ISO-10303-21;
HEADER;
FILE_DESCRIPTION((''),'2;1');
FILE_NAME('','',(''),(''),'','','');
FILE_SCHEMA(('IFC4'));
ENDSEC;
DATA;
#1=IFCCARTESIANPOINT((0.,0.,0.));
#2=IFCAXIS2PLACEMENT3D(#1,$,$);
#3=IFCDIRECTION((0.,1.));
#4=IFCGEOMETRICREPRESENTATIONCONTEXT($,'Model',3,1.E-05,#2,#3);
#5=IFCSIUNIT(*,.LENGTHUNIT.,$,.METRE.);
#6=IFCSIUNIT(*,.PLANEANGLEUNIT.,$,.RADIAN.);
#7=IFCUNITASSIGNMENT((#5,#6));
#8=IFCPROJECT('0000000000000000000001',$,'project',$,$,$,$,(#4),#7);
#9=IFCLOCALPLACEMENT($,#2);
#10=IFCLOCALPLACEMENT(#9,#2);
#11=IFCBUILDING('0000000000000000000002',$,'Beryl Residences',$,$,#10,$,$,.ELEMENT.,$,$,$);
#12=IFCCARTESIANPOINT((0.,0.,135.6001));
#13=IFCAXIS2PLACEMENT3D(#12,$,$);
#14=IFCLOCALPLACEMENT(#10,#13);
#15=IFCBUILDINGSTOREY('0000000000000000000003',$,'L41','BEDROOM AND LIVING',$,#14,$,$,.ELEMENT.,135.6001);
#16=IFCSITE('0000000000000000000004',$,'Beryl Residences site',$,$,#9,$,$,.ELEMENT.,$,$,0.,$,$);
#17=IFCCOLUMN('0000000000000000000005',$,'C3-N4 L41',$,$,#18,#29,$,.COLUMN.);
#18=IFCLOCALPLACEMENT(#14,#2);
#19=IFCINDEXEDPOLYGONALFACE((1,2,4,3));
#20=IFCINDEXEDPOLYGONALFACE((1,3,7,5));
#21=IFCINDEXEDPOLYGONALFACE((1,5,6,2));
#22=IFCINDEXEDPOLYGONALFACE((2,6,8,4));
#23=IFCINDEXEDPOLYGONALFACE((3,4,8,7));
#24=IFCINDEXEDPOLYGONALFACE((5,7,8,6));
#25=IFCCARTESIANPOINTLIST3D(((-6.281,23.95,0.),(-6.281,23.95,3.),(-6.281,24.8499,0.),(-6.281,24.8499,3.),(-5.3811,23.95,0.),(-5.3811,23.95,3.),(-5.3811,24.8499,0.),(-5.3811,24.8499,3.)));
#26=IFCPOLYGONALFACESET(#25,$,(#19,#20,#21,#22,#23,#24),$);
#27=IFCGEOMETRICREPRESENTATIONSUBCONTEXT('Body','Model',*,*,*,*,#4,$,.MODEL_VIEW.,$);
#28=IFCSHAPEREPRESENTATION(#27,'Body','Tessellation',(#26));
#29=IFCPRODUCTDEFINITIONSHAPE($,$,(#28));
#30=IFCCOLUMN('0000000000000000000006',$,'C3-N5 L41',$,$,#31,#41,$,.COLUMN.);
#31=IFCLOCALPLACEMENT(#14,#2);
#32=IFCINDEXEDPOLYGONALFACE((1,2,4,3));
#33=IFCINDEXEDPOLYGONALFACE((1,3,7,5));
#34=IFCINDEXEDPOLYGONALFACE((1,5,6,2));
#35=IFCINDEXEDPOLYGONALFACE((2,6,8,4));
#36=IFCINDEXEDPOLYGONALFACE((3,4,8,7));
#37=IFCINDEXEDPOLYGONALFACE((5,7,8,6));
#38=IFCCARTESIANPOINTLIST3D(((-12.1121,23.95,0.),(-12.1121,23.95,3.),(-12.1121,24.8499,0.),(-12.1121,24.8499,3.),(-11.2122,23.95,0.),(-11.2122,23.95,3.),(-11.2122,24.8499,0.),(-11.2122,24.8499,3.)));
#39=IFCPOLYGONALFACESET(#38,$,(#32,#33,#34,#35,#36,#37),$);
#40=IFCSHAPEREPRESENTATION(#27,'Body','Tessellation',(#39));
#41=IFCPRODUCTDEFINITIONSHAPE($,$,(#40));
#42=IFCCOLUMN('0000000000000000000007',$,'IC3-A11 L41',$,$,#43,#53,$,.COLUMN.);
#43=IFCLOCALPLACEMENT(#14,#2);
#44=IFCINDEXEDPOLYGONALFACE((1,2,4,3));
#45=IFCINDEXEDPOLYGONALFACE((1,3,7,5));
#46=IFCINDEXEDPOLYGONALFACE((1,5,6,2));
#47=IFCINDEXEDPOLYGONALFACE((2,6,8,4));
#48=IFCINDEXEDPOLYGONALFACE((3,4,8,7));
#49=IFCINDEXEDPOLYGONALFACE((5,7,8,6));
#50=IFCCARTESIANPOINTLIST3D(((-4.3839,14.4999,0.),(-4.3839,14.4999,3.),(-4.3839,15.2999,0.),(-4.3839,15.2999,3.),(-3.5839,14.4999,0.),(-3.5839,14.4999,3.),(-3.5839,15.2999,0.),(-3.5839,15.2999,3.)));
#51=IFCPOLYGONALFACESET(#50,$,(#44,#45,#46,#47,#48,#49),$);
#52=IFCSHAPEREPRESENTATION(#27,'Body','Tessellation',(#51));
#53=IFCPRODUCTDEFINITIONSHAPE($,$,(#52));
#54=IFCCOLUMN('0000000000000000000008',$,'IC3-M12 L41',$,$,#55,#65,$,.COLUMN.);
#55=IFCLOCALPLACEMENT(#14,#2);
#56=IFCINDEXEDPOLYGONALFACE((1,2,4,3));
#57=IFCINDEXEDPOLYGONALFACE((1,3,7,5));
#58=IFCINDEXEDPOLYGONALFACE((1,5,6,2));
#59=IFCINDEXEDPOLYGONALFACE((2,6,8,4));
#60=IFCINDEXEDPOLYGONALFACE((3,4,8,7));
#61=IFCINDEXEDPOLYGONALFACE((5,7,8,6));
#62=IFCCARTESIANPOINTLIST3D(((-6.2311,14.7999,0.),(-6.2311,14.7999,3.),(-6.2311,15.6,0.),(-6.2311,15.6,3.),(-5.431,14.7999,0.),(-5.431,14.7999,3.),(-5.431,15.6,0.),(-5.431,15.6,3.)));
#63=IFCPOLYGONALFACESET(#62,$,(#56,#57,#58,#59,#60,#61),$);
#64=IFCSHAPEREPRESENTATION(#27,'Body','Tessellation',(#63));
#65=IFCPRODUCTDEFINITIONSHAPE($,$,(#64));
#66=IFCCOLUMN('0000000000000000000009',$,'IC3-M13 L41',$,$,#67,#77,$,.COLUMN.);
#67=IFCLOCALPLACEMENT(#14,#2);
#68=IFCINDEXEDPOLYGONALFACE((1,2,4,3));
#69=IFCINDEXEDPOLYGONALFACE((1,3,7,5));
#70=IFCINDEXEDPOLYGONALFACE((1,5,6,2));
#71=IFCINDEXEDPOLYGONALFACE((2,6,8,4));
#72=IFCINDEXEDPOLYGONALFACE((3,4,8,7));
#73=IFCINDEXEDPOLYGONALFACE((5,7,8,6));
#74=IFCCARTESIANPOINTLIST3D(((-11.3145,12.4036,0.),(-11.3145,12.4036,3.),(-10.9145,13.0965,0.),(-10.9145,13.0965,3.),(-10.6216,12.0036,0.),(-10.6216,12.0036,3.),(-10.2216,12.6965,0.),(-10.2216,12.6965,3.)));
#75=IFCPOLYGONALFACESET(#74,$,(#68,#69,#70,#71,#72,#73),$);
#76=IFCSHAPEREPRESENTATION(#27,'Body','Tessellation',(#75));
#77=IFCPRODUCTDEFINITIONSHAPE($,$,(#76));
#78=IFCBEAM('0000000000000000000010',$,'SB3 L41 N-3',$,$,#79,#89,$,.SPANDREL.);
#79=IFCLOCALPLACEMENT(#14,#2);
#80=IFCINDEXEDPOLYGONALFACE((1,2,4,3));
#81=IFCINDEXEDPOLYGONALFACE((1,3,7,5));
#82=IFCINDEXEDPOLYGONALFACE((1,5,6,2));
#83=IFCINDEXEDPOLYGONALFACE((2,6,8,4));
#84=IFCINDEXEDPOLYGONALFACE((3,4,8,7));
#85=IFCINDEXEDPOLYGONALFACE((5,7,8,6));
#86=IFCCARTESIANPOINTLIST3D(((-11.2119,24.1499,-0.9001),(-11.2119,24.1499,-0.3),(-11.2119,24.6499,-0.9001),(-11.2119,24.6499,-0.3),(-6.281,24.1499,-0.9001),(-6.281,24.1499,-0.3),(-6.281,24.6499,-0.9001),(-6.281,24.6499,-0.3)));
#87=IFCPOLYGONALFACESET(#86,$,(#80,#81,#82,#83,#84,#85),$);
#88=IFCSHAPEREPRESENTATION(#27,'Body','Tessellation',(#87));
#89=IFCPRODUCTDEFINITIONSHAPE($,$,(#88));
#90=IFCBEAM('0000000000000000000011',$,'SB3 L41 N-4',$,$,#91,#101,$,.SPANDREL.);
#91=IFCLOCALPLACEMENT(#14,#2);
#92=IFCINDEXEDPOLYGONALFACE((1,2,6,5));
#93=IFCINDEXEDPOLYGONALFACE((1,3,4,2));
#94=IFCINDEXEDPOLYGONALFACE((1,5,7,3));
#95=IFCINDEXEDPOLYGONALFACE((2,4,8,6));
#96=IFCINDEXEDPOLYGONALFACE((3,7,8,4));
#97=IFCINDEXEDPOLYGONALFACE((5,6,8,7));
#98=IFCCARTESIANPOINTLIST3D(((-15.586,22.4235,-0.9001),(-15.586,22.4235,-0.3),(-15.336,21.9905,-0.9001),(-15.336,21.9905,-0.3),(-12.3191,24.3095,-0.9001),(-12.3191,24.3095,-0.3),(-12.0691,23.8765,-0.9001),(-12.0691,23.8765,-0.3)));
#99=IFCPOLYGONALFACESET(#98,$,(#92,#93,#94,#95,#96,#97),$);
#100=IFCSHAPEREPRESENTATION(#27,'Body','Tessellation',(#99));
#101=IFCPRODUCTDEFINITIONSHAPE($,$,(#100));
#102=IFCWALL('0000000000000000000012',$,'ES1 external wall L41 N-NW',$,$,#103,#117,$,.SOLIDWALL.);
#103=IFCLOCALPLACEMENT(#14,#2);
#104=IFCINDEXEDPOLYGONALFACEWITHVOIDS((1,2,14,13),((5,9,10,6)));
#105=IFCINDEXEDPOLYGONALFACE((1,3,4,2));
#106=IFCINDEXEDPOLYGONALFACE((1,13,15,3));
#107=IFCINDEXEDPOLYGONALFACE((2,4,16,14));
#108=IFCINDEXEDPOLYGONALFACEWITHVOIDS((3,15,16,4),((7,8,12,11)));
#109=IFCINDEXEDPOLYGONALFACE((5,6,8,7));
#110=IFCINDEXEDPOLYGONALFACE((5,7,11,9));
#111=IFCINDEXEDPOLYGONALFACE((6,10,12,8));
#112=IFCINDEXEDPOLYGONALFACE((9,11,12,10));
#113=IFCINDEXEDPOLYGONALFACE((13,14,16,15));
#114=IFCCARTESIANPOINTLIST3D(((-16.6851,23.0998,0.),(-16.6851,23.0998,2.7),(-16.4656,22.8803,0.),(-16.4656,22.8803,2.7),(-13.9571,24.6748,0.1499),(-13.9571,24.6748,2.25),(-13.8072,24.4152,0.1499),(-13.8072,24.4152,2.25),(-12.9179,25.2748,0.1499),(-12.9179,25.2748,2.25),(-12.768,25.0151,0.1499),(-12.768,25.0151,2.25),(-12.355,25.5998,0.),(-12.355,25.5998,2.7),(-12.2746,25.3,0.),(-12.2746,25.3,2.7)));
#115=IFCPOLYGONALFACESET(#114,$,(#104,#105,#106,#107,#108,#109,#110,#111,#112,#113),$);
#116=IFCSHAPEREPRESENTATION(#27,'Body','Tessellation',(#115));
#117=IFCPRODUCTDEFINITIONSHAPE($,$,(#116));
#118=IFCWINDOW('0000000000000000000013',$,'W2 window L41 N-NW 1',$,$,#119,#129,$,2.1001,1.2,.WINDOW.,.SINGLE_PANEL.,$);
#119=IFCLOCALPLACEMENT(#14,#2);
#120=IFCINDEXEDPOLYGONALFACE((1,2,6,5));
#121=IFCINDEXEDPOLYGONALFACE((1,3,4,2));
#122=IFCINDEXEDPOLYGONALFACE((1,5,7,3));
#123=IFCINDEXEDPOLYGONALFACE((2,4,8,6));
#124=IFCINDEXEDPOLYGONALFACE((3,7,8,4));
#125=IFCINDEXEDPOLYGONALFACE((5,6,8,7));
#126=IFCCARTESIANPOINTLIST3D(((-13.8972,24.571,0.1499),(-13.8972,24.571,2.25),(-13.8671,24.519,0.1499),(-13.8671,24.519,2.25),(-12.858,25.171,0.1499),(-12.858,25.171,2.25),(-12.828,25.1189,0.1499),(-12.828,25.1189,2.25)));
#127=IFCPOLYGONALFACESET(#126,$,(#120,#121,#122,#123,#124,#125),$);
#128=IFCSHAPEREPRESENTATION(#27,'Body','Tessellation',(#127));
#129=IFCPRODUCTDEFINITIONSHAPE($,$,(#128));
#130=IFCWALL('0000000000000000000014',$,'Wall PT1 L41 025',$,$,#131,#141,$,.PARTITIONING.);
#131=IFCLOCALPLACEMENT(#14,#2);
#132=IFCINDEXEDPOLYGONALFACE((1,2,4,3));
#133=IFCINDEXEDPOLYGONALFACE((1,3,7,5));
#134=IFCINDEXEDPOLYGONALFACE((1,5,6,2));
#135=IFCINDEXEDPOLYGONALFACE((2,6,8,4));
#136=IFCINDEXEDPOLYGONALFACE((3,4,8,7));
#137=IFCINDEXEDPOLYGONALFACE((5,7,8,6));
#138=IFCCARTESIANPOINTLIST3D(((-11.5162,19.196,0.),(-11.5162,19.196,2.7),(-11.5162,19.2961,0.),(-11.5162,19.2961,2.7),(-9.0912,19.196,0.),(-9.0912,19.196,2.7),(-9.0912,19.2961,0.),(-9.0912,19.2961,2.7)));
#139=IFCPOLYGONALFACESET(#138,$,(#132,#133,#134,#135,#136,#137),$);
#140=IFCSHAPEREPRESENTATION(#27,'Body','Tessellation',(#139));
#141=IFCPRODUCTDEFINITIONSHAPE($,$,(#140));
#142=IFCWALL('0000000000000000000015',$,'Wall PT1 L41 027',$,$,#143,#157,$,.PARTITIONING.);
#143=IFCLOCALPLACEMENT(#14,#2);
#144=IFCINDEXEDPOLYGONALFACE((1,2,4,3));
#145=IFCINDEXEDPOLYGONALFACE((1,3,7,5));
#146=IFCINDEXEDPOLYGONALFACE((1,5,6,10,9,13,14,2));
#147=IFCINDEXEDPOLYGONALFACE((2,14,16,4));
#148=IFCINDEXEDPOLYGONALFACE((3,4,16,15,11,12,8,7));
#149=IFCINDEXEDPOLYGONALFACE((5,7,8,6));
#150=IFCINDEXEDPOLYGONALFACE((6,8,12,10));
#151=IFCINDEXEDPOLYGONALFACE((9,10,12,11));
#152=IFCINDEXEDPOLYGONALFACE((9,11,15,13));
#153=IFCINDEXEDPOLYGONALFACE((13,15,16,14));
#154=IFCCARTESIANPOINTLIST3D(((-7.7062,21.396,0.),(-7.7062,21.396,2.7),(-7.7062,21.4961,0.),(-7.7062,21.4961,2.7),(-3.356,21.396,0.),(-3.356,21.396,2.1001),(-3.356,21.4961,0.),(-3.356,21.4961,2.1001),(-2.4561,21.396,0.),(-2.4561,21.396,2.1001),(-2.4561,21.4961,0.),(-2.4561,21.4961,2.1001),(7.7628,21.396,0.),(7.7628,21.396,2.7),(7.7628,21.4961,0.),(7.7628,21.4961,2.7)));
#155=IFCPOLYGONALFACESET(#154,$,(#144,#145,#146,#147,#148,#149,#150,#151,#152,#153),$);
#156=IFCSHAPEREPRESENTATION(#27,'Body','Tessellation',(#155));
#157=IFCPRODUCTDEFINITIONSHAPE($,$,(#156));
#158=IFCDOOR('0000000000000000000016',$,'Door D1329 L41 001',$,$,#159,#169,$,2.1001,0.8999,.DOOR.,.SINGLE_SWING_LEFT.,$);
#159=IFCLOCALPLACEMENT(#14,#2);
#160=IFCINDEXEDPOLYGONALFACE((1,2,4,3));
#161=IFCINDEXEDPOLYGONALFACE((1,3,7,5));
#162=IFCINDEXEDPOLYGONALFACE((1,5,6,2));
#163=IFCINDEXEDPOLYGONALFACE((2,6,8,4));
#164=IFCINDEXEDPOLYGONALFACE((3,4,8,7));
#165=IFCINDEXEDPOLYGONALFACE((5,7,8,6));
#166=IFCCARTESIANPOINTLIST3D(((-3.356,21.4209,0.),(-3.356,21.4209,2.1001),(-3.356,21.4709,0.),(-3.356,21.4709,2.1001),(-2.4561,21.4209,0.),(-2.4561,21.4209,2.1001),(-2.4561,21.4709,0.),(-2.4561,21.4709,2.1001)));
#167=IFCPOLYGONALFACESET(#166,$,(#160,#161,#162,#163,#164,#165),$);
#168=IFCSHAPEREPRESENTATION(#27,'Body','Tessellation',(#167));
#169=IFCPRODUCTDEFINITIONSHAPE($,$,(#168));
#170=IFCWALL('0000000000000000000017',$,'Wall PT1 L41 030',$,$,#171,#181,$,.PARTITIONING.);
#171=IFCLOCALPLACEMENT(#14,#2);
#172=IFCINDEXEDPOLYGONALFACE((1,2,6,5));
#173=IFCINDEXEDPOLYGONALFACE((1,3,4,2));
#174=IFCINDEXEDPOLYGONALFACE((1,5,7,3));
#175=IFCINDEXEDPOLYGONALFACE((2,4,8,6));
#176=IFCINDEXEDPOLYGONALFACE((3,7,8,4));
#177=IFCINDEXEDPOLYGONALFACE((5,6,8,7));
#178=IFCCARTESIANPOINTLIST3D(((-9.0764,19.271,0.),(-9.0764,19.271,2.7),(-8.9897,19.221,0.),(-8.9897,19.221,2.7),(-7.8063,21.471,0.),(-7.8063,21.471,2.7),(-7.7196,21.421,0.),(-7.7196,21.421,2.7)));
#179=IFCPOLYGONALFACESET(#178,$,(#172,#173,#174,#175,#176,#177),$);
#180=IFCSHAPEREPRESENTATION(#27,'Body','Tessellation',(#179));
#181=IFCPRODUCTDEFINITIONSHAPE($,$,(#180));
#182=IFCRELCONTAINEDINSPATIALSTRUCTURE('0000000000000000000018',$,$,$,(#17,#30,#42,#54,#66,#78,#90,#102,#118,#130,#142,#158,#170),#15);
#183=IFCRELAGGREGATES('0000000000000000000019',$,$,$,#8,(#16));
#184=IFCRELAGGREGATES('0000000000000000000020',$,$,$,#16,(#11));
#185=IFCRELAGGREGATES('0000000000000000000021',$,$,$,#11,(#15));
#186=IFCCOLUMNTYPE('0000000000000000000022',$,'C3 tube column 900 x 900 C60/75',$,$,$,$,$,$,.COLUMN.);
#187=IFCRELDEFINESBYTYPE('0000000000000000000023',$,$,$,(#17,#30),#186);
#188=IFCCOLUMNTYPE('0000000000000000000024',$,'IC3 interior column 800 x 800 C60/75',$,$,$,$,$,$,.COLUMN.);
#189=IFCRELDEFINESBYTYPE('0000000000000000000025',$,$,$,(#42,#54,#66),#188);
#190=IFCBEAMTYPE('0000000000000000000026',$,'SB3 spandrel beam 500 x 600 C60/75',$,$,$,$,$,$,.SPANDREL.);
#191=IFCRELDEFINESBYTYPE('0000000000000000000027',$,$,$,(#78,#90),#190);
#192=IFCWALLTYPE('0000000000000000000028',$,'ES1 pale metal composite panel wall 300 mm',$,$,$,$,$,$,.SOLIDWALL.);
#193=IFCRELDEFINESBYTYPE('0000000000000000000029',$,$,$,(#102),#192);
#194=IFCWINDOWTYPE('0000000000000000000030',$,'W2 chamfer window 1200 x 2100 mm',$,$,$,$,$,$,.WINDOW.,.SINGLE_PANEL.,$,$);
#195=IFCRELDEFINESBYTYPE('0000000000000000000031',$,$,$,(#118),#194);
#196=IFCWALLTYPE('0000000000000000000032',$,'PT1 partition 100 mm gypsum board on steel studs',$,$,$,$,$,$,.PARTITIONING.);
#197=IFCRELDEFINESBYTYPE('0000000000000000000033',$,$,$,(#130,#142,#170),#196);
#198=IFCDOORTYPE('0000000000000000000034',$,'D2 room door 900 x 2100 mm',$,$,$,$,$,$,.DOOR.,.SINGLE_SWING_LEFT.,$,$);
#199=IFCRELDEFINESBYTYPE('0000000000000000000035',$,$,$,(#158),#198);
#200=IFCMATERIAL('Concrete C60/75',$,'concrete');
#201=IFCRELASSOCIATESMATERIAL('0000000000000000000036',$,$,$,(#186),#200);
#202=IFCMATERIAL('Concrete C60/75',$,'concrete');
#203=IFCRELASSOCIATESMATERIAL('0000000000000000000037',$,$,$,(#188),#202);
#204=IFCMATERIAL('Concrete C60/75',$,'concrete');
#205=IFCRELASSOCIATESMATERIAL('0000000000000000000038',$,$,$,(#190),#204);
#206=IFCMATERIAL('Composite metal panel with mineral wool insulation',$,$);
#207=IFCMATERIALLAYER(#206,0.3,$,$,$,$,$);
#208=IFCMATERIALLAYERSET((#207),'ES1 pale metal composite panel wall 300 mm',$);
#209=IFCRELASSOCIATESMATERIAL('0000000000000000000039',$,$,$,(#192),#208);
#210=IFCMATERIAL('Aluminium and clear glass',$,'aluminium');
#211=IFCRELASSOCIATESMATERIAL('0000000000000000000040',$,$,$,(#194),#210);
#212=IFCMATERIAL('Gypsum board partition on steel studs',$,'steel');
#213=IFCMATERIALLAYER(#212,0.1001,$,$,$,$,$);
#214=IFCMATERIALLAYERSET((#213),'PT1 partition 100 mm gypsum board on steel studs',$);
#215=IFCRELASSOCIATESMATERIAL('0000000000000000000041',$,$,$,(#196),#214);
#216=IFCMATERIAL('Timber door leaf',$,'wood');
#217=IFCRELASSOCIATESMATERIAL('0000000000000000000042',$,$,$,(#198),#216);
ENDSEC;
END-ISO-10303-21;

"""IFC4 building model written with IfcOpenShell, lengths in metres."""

from ifc_helpers import new_model, si_unit, direction, frame, frame_2d, origin, origin_2d, place, context, subcontext, project, spatial, polyline, rectangle, outline, extrude, material, layer, layer_set, material_profile, profile_set, type_object, element, fill, save


model = new_model("IFC4")

# Units and contexts
model_context = context("Model", 3, precision=1e-05, world=origin(), true_north=direction((0.0, 1.0)))
body_context = subcontext(model_context, "Body", "Model", "MODEL_VIEW")
ifc_project = project(units=[si_unit("LENGTHUNIT", "METRE"), si_unit("PLANEANGLEUNIT", "RADIAN")], contexts=[model_context])

# Site, building, storey
site_placement = place(None, origin())
site = spatial("IfcSite", under=ifc_project, at=site_placement, Name="Beryl Residences site", CompositionType="ELEMENT", RefElevation=0.0)
building_placement = place(site_placement, origin())
building = spatial("IfcBuilding", under=site, at=building_placement, Name="Beryl Residences", CompositionType="ELEMENT")
storey_placement = place(building_placement, frame((0.0, 0.0, 135.6001)))
storey = spatial("IfcBuildingStorey", under=building, at=storey_placement, Name="L41", Description="BEDROOM AND LIVING", CompositionType="ELEMENT", Elevation=135.6001)

# Columns
ifc_material_1 = material(Name="Concrete C60/75", Category="concrete")
ifc_material_profile_1 = material_profile(ifc_material_1, rectangle(XDim=0.8999, YDim=0.8999, at=origin_2d()))
ifc_profile_set_1 = profile_set([ifc_material_profile_1], Name="Concrete C60/75")
column_type_1 = type_object("IfcColumnType", Name="C3 tube column 900 x 900 C60/75", PredefinedType="COLUMN", material=ifc_profile_set_1)
for number, where, z_axis, x_axis, name in (
    (1, (-5.8311, 24.3999, 0.0), (0.0, 0.0, 1.0), (-1.0, 0.0, 0.0), "C3-N4 L41"),
    (2, (-11.6621, 24.3999, 0.0), (0.0, 0.0, 1.0), (-1.0, 0.0, 0.0), "C3-N5 L41"),
):
    element("IfcColumn", number, at=place(storey_placement, frame(where, z_axis=z_axis, x_axis=x_axis)), inside=storey, type_object=column_type_1, Name=name, PredefinedType="COLUMN", context=body_context, shape_type="SweptSolid", body=[
        extrude(rectangle(XDim=0.8999, YDim=0.8999, at=origin_2d()), origin(), (0.0, 0.0, 1.0), 3.0),
    ])
ifc_material_2 = material(Name="Concrete C60/75", Category="concrete")
ifc_material_profile_2 = material_profile(ifc_material_2, rectangle(XDim=0.8, YDim=0.8, at=origin_2d()))
ifc_profile_set_2 = profile_set([ifc_material_profile_2], Name="Concrete C60/75")
column_type_2 = type_object("IfcColumnType", Name="IC3 interior column 800 x 800 C60/75", PredefinedType="COLUMN", material=ifc_profile_set_2)
for number, where, z_axis, x_axis, name in (
    (3, (-3.9839, 14.8999, 0.0), (0.0, 0.0, 1.0), (1.0, 0.0, 0.0), "IC3-A11 L41"),
    (4, (-5.8311, 15.2, 0.0), (0.0, 0.0, 1.0), (-1.0, 0.0, 0.0), "IC3-M12 L41"),
    (5, (-10.7681, 12.55, 0.0), (0.0, 0.0, 1.0), (-0.5, -0.866025, 0.0), "IC3-M13 L41"),
):
    element("IfcColumn", number, at=place(storey_placement, frame(where, z_axis=z_axis, x_axis=x_axis)), inside=storey, type_object=column_type_2, Name=name, PredefinedType="COLUMN", context=body_context, shape_type="SweptSolid", body=[
        extrude(rectangle(XDim=0.8, YDim=0.8, at=origin_2d()), origin(), (0.0, 0.0, 1.0), 3.0),
    ])

# Beams
ifc_material_3 = material(Name="Concrete C60/75", Category="concrete")
ifc_material_profile_3 = material_profile(ifc_material_3, rectangle(XDim=0.5, YDim=0.6001, at=origin_2d()))
ifc_profile_set_3 = profile_set([ifc_material_profile_3], Name="Concrete C60/75")
beam_type = type_object("IfcBeamType", Name="SB3 spandrel beam 500 x 600 C60/75", PredefinedType="SPANDREL", material=ifc_profile_set_3)
beam_1_placement = place(storey_placement, frame((-6.281, 24.3999, -0.6001), z_axis=(-1.0, 0.0, 0.0), x_axis=(0.0, -1.0, 0.0)))
element("IfcBeam", 6, at=beam_1_placement, inside=storey, type_object=beam_type, Name="SB3 L41 N-3", PredefinedType="SPANDREL", context=body_context, shape_type="SweptSolid", body=[
    extrude(rectangle(XDim=0.5, YDim=0.6001, at=origin_2d()), origin(), (0.0, 0.0, 1.0), 4.9309),
])
beam_2_placement = place(storey_placement, frame((-12.1941, 24.093, -0.6001), z_axis=(-0.86604, -0.499975, 0.0), x_axis=(0.499975, -0.86604, 0.0)))
element("IfcBeam", 7, at=beam_2_placement, inside=storey, type_object=beam_type, Name="SB3 L41 N-4", PredefinedType="SPANDREL", context=body_context, shape_type="SweptSolid", body=[
    extrude(rectangle(XDim=0.5, YDim=0.6001, at=origin_2d()), origin(), (0.0, 0.0, 1.0), 3.7722),
])

# Wall, opening, window
ifc_material_4 = material(Name="Composite metal panel with mineral wool insulation")
ifc_layer_1 = layer(ifc_material_4, 0.3)
ifc_layer_set_1 = layer_set([ifc_layer_1], Name="ES1 pale metal composite panel wall 300 mm")
wall_type_1 = type_object("IfcWallType", Name="ES1 pale metal composite panel wall 300 mm", PredefinedType="SOLIDWALL", material=ifc_layer_set_1)
wall_1_placement = place(storey_placement, frame((-12.28, 25.47, 0.0), z_axis=(0.0, 0.0, 1.0), x_axis=(-0.866023, -0.500004, 0.0)))
wall_1 = element("IfcWall", 8, at=wall_1_placement, inside=storey, type_object=wall_type_1, Name="ES1 external wall L41 N-NW", PredefinedType="SOLIDWALL", context=body_context, shape_type="SweptSolid", body=[
    extrude(outline(polyline([(0.0, -0.1499), (5.0, -0.1499), (4.9197, 0.1499), (0.0803, 0.1499), (0.0, -0.1499)])), origin(), (0.0, 0.0, 1.0), 2.7),
])
opening_1_placement = place(wall_1_placement, frame((0.6499, 0.0, 0.1499)))
opening_1 = element("IfcOpeningElement", 9, at=opening_1_placement, cuts=wall_1, PredefinedType="OPENING", context=body_context, shape_type="SweptSolid", body=[
    extrude(rectangle(XDim=1.2, YDim=2.1001, at=frame_2d((0.6001, 1.05))), frame((0.0, 0.1599, 0.0), z_axis=(0.0, -1.0, 0.0), x_axis=(1.0, 0.0, 0.0)), (0.0, 0.0, 1.0), 0.3201),
])
ifc_material_5 = material(Name="Aluminium and clear glass", Category="aluminium")
window_type = type_object("IfcWindowType", Name="W2 chamfer window 1200 x 2100 mm", PartitioningType="SINGLE_PANEL", PredefinedType="WINDOW", material=ifc_material_5)
window_placement = place(opening_1_placement, origin())
window = element("IfcWindow", 10, at=window_placement, inside=storey, type_object=window_type, Name="W2 window L41 N-NW 1", OverallHeight=2.1001, OverallWidth=1.2, PartitioningType="SINGLE_PANEL", PredefinedType="WINDOW", context=body_context, shape_type="SweptSolid", body=[
    extrude(rectangle(XDim=1.2, YDim=2.1001, at=frame_2d((0.6001, 1.05))), frame((0.0, 0.03, 0.0), z_axis=(0.0, -1.0, 0.0), x_axis=(1.0, 0.0, 0.0)), (0.0, 0.0, 1.0), 0.0601),
])
fill(opening_1, window)

# Wall
ifc_material_6 = material(Name="Gypsum board partition on steel studs", Category="steel")
ifc_layer_2 = layer(ifc_material_6, 0.1001)
ifc_layer_set_2 = layer_set([ifc_layer_2], Name="PT1 partition 100 mm gypsum board on steel studs")
wall_type_2 = type_object("IfcWallType", Name="PT1 partition 100 mm gypsum board on steel studs", PredefinedType="PARTITIONING", material=ifc_layer_set_2)
wall_2_placement = place(storey_placement, frame((-11.5161, 19.2461, 0.0), z_axis=(0.0, 0.0, 1.0), x_axis=(1.0, 0.0, 0.0)))
element("IfcWall", 11, at=wall_2_placement, inside=storey, type_object=wall_type_2, Name="Wall PT1 L41 025", PredefinedType="PARTITIONING", context=body_context, shape_type="SweptSolid", body=[
    extrude(rectangle(XDim=2.425, YDim=0.1001, at=frame_2d((1.2124, 0.0))), origin(), (0.0, 0.0, 1.0), 2.7),
])

# Wall, opening, door
wall_3_placement = place(storey_placement, frame((-7.7061, 21.446, 0.0), z_axis=(0.0, 0.0, 1.0), x_axis=(1.0, 0.0, 0.0)))
wall_3 = element("IfcWall", 12, at=wall_3_placement, inside=storey, type_object=wall_type_2, Name="Wall PT1 L41 027", PredefinedType="PARTITIONING", context=body_context, shape_type="SweptSolid", body=[
    extrude(rectangle(XDim=15.469, YDim=0.1001, at=frame_2d((7.7344, 0.0))), origin(), (0.0, 0.0, 1.0), 2.7),
])
opening_2_placement = place(wall_3_placement, frame((4.3501, 0.0, 0.0)))
opening_2 = element("IfcOpeningElement", 13, at=opening_2_placement, cuts=wall_3, PredefinedType="OPENING", context=body_context, shape_type="SweptSolid", body=[
    extrude(rectangle(XDim=0.8999, YDim=2.1001, at=frame_2d((0.45, 1.05))), frame((0.0, 0.0601, 0.0), z_axis=(0.0, -1.0, 0.0), x_axis=(1.0, 0.0, 0.0)), (0.0, 0.0, 1.0), 0.1201),
])
ifc_material_7 = material(Name="Timber door leaf", Category="wood")
door_type_1 = type_object("IfcDoorType", Name="D2 room door 900 x 2100 mm", OperationType="SINGLE_SWING_LEFT", PredefinedType="DOOR", material=ifc_material_7)
door_1_placement = place(opening_2_placement, origin())
door_1 = element("IfcDoor", 14, at=door_1_placement, inside=storey, type_object=door_type_1, Name="Door D1329 L41 001", OperationType="SINGLE_SWING_LEFT", OverallHeight=2.1001, OverallWidth=0.8999, PredefinedType="DOOR", context=body_context, shape_type="SweptSolid", body=[
    extrude(rectangle(XDim=0.8999, YDim=2.1001, at=frame_2d((0.45, 1.05))), frame((0.0, 0.0249, 0.0), z_axis=(0.0, -1.0, 0.0), x_axis=(1.0, 0.0, 0.0)), (0.0, 0.0, 1.0), 0.05),
])
fill(opening_2, door_1)

# Wall
wall_4_placement = place(storey_placement, frame((-9.033, 19.2461, 0.0), z_axis=(0.0, 0.0, 1.0), x_axis=(0.499964, 0.866046, 0.0)))
element("IfcWall", 15, at=wall_4_placement, inside=storey, type_object=wall_type_2, Name="Wall PT1 L41 030", PredefinedType="PARTITIONING", context=body_context, shape_type="SweptSolid", body=[
    extrude(rectangle(XDim=2.5403, YDim=0.1001, at=frame_2d((1.27, 0.0))), origin(), (0.0, 0.0, 1.0), 2.7),
])

save(model, "model.ifc")
